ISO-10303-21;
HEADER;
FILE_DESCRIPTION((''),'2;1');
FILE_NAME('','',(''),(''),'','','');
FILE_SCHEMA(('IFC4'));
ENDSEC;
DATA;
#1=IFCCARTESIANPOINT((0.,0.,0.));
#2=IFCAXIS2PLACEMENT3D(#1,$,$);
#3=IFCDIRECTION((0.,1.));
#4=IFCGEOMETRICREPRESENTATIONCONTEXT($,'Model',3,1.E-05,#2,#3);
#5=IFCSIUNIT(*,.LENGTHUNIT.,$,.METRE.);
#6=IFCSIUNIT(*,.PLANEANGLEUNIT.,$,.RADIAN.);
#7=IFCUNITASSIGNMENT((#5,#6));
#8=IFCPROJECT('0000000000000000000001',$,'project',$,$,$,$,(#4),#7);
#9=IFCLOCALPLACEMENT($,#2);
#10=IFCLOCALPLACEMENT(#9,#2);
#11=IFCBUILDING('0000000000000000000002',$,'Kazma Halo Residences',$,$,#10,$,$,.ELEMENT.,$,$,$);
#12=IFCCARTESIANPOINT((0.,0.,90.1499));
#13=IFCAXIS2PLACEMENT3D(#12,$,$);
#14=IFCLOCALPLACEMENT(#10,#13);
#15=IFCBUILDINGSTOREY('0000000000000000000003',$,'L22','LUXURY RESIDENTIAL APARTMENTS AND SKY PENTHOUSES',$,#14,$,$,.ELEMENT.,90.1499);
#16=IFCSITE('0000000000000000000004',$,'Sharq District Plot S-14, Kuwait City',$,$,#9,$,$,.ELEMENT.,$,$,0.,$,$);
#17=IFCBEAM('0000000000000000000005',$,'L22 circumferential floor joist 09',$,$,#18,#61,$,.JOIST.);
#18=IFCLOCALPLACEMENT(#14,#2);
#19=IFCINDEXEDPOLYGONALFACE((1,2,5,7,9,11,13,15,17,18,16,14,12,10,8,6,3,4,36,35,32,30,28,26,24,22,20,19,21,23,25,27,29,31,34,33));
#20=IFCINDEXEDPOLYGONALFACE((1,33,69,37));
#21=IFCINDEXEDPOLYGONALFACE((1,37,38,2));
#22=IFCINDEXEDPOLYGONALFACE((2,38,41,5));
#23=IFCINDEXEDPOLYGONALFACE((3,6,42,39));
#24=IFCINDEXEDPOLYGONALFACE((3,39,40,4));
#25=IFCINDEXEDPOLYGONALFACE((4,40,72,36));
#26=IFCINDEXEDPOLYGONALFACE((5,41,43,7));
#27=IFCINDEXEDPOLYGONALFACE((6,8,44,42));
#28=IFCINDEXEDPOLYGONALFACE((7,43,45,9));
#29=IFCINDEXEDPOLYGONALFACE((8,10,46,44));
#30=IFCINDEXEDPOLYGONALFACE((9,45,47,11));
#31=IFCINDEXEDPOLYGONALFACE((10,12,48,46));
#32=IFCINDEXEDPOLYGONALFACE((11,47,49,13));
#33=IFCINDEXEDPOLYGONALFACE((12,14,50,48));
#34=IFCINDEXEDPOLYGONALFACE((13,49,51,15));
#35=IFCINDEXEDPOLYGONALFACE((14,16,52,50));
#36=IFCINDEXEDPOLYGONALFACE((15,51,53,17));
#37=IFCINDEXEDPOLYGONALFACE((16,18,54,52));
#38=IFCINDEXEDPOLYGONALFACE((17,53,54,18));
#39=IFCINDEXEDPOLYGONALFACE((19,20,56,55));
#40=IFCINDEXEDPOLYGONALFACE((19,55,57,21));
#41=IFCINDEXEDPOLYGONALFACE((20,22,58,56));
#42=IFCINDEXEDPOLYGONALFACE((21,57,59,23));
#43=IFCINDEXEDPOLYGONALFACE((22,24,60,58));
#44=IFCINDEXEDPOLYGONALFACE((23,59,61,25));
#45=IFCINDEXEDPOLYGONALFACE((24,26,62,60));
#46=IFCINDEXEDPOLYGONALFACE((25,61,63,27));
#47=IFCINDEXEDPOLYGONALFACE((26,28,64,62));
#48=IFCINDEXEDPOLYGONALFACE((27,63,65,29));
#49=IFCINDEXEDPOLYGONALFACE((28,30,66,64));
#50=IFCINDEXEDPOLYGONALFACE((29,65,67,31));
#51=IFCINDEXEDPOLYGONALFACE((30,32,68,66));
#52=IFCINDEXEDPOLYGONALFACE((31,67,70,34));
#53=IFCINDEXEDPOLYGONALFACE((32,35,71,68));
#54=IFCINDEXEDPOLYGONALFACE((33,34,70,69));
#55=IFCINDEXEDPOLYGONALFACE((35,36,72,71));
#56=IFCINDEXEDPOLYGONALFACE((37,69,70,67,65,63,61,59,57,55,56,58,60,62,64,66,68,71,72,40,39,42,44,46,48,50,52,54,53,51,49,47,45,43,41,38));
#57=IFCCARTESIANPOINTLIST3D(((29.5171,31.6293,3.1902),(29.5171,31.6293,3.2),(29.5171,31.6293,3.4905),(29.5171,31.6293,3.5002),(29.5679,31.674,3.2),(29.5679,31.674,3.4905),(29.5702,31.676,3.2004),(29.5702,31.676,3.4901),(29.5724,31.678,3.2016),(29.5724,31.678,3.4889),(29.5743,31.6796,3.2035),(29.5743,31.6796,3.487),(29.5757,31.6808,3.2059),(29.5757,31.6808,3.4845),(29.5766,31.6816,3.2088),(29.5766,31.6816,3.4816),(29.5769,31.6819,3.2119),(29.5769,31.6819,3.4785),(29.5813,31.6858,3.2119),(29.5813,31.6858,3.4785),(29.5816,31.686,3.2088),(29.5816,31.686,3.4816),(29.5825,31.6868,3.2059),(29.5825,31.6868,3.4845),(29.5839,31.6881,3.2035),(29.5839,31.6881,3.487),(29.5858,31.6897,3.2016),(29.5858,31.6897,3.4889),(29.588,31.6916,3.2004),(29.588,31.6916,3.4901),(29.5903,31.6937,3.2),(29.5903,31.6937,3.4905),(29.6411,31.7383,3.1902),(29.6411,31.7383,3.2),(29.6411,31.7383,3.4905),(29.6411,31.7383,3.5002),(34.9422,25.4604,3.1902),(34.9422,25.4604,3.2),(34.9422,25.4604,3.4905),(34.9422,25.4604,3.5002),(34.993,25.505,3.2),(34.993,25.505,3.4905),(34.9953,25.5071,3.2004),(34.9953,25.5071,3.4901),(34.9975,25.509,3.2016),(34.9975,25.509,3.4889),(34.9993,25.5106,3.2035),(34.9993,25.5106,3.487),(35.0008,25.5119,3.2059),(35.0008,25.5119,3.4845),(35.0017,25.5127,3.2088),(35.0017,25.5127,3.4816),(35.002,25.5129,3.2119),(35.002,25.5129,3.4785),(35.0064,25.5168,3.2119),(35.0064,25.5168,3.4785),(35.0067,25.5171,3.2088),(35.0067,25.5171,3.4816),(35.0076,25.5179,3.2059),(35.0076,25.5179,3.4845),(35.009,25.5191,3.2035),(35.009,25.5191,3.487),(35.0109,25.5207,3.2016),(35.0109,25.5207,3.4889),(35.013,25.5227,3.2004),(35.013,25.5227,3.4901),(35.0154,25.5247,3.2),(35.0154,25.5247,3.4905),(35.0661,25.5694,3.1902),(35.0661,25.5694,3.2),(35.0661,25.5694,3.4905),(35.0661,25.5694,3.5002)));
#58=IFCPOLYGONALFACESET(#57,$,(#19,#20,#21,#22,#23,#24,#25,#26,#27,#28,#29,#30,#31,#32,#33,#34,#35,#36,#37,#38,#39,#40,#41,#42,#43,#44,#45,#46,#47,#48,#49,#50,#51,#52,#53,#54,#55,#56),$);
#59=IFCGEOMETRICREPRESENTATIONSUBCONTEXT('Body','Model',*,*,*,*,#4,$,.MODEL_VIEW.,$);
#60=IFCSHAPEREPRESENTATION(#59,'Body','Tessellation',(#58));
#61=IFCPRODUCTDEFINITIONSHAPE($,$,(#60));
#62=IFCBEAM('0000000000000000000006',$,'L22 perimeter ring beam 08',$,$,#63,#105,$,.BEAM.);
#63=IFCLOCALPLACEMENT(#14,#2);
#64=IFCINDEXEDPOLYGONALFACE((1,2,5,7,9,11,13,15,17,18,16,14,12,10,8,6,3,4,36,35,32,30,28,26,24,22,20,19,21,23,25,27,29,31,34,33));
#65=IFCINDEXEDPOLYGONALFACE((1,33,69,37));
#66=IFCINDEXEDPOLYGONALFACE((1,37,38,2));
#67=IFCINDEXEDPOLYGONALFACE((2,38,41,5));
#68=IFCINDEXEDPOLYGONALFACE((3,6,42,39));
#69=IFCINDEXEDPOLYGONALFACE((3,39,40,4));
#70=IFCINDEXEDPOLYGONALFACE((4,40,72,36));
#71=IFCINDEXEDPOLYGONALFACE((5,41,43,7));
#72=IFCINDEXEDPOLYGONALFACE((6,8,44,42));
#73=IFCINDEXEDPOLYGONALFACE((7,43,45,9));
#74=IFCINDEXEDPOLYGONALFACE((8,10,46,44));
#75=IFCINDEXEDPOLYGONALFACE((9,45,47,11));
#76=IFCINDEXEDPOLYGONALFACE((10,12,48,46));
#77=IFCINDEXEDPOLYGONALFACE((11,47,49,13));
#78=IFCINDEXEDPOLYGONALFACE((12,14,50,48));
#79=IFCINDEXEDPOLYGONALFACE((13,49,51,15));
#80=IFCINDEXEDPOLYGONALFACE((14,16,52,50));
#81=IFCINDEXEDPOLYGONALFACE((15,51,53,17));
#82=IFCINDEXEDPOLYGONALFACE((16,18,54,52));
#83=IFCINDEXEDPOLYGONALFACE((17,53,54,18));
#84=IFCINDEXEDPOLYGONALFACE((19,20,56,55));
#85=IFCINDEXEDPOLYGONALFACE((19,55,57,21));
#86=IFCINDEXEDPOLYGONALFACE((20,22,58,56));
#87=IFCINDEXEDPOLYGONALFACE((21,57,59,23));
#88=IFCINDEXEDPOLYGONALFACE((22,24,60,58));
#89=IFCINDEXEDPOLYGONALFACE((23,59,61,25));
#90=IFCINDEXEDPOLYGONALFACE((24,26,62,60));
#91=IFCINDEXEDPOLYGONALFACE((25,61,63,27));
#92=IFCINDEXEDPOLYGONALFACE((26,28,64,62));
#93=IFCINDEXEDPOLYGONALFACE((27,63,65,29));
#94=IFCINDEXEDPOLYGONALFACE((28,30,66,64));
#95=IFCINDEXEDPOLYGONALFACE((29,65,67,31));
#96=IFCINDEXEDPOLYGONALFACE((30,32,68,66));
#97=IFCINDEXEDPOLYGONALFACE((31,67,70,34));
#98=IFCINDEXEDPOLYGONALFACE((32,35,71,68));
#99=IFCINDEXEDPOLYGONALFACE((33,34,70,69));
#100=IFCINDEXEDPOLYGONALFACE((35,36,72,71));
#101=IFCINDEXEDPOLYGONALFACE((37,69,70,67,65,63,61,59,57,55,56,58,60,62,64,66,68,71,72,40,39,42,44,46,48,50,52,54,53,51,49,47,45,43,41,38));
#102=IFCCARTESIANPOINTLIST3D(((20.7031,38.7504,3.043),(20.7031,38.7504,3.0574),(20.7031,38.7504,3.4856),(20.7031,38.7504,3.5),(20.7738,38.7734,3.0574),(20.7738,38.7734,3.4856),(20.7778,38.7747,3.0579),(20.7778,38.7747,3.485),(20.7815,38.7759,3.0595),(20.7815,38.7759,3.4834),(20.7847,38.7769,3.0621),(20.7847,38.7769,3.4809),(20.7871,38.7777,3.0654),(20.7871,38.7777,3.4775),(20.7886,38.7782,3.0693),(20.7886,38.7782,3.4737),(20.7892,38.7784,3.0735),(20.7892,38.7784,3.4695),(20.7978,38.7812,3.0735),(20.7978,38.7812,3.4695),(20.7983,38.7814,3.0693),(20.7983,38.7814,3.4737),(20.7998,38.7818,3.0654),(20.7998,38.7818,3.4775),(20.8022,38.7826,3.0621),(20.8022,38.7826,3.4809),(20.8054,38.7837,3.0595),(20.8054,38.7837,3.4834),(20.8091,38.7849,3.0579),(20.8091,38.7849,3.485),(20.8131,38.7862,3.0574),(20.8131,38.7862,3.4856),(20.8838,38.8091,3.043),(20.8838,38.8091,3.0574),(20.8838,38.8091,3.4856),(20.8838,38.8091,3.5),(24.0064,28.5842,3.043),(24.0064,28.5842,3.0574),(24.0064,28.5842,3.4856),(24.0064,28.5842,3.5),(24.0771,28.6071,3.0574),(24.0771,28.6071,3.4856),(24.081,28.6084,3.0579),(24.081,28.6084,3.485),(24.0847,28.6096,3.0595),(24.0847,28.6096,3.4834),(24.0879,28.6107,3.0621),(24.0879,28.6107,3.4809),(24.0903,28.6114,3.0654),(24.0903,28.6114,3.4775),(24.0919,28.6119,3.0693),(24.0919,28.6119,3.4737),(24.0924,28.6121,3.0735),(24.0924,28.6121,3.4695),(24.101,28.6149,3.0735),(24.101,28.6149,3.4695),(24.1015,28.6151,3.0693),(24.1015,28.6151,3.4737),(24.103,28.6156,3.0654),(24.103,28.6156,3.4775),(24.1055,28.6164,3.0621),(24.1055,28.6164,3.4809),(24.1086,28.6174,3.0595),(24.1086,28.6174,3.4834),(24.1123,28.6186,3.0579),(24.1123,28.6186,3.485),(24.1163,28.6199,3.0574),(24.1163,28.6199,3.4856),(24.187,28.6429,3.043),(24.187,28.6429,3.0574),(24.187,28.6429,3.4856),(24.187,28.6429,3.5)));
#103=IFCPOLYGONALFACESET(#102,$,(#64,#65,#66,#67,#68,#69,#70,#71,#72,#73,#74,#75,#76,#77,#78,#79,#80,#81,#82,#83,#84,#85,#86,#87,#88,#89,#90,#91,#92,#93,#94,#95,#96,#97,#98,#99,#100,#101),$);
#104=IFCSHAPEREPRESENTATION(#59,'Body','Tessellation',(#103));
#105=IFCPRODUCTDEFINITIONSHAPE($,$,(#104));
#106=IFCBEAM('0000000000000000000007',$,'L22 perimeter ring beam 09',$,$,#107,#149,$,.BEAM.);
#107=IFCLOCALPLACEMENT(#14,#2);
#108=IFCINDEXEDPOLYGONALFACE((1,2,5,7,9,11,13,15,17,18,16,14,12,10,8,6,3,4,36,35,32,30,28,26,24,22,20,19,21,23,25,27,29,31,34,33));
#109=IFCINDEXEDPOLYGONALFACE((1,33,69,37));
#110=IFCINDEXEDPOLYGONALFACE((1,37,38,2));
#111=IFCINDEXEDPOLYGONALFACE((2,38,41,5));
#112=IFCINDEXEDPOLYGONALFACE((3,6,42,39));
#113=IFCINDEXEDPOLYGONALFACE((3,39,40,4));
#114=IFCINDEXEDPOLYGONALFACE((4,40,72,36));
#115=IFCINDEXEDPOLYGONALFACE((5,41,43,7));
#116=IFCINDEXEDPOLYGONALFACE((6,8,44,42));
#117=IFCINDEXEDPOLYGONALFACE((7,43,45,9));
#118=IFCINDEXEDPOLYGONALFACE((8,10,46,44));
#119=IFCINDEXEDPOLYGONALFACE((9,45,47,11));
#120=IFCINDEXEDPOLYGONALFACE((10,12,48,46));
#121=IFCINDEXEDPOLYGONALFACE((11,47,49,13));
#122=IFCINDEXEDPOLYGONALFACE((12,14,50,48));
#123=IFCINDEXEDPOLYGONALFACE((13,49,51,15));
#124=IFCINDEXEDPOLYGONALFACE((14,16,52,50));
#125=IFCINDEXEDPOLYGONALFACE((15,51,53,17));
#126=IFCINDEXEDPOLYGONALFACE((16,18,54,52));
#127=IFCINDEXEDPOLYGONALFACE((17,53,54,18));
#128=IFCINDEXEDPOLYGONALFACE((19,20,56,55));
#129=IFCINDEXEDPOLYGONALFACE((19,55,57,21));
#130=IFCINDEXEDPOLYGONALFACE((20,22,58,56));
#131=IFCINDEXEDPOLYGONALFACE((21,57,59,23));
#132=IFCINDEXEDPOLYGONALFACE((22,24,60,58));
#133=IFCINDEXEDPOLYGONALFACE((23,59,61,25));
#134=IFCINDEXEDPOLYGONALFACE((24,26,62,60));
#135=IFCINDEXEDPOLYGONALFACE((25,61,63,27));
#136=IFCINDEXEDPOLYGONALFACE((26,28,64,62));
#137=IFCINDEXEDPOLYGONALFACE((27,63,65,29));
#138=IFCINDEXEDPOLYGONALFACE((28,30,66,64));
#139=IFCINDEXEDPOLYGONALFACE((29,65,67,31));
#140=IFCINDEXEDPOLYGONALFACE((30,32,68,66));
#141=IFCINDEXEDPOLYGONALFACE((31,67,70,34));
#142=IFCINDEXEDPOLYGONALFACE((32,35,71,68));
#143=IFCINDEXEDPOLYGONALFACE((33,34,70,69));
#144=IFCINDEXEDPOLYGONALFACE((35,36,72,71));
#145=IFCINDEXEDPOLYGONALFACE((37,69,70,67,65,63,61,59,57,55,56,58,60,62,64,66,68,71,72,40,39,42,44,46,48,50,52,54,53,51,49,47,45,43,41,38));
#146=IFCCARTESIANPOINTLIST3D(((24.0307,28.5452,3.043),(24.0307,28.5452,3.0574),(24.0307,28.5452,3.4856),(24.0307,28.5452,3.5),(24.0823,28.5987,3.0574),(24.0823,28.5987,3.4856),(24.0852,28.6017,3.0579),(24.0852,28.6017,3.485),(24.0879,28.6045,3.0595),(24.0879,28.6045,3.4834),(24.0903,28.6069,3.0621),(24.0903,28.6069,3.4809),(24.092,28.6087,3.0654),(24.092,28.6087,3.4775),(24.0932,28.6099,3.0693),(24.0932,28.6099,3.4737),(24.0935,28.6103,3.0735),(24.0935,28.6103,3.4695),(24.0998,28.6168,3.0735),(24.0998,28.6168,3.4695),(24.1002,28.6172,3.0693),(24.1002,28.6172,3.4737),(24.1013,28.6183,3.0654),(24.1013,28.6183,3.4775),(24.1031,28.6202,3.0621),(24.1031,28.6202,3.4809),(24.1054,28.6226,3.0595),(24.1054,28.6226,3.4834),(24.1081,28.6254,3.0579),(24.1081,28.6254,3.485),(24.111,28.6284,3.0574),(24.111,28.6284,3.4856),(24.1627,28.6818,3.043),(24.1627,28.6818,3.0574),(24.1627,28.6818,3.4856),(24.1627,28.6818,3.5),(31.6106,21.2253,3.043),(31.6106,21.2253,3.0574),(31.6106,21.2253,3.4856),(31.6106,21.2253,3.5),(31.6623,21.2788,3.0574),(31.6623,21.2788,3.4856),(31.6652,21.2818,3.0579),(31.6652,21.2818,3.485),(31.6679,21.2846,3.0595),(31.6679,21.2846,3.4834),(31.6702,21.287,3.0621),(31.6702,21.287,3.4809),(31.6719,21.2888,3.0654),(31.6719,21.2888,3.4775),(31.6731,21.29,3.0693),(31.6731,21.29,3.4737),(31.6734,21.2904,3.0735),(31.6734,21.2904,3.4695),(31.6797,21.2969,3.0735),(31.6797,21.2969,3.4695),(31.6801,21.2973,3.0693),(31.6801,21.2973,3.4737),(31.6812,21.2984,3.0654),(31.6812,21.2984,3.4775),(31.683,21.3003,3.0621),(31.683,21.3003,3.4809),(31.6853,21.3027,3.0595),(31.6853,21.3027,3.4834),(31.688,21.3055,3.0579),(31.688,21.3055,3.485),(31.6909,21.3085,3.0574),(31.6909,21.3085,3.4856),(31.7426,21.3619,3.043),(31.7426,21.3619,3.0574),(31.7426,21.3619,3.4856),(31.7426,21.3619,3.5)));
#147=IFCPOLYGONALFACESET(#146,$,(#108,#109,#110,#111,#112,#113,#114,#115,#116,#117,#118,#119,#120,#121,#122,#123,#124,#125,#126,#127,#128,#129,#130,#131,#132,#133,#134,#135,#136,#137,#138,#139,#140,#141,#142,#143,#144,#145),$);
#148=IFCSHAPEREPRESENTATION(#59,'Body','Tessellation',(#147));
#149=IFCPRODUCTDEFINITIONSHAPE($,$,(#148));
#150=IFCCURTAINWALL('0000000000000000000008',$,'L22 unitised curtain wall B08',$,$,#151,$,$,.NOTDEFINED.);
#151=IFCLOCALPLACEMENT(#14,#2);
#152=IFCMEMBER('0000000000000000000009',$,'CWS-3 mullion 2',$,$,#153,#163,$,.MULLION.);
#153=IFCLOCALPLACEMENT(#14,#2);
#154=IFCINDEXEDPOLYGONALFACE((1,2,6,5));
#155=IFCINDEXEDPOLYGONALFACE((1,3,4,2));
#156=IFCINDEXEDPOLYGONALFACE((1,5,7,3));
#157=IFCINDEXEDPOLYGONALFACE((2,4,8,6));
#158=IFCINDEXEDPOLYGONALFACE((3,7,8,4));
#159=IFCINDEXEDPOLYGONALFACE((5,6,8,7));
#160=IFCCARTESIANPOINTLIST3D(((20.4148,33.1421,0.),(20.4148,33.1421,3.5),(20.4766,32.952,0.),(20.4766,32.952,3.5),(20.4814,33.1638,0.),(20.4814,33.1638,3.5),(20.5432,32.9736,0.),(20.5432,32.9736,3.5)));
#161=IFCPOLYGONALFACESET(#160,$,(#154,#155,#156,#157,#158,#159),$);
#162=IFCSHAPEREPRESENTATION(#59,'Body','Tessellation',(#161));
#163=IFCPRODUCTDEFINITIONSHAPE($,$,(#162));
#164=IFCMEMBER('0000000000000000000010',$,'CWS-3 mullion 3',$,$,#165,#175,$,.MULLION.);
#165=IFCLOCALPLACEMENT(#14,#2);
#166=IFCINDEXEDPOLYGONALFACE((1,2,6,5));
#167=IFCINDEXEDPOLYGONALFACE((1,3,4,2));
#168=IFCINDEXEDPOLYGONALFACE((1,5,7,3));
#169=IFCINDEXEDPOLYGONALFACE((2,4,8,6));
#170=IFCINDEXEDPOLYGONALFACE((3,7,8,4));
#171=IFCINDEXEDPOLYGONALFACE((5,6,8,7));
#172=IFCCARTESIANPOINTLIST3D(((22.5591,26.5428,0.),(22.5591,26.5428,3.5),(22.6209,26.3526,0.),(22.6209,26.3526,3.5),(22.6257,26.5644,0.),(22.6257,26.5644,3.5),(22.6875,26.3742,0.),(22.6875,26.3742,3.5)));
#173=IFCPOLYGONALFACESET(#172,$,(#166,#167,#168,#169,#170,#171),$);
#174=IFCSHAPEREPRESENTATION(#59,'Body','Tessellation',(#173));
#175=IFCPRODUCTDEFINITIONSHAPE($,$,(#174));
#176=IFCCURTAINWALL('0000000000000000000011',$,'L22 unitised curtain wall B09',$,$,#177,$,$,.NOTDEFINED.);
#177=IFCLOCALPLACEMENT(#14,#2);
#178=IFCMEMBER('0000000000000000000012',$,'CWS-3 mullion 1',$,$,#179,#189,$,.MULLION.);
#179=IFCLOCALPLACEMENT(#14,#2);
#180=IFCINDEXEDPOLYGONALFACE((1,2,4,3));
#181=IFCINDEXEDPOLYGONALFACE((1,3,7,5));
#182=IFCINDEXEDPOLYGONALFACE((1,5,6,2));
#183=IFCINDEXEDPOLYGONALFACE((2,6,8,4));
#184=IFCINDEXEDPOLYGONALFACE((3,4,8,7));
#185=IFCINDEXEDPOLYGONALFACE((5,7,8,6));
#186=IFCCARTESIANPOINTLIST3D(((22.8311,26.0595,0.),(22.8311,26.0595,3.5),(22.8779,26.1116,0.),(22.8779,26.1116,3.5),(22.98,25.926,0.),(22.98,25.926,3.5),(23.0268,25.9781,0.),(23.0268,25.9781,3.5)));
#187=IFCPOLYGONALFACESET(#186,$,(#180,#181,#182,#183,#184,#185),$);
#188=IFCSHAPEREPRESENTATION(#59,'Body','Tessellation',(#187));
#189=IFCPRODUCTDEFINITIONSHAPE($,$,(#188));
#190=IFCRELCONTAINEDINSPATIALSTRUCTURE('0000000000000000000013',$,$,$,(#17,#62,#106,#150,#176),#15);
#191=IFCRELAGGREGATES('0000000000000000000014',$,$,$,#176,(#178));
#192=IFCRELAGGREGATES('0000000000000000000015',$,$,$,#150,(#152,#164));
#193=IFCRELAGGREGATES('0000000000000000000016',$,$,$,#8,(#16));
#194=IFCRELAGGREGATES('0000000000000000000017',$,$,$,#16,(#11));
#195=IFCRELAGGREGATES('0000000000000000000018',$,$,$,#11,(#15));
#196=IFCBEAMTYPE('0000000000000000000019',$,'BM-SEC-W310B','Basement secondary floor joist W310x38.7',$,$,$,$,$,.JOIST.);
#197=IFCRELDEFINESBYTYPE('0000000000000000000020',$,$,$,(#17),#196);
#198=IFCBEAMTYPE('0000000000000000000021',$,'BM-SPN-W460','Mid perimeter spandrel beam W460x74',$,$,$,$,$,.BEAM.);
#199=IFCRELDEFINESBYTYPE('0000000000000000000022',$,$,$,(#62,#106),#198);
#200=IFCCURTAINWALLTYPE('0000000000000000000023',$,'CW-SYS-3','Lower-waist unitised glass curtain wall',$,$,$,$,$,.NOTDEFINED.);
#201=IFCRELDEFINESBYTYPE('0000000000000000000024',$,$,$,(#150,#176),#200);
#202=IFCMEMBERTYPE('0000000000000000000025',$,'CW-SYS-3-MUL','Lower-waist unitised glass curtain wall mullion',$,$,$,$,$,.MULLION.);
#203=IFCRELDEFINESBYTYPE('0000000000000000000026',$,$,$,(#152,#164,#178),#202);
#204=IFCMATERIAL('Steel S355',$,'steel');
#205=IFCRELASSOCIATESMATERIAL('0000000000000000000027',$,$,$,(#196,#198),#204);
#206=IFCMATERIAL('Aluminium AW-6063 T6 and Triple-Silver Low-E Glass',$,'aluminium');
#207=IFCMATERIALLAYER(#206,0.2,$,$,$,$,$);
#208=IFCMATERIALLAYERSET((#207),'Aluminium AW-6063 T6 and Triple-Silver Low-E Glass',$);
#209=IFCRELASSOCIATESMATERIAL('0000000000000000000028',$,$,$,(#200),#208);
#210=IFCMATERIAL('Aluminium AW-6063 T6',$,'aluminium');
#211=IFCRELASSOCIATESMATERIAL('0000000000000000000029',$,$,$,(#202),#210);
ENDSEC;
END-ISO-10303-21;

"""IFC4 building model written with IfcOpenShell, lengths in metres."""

from ifc_helpers import new_model, si_unit, direction, frame, origin, origin_2d, place, context, subcontext, project, spatial, rectangle, i_section, extrude, material, layer, layer_set, material_profile, profile_set, type_object, element, aggregate, save


model = new_model("IFC4")

# Units and contexts
model_context = context("Model", 3, precision=1e-05, world=origin(), true_north=direction((0.0, 1.0)))
body_context = subcontext(model_context, "Body", "Model", "MODEL_VIEW")
ifc_project = project(units=[si_unit("LENGTHUNIT", "METRE"), si_unit("PLANEANGLEUNIT", "RADIAN")], contexts=[model_context])

# Site, building, storey
site_placement = place(None, origin())
site = spatial("IfcSite", under=ifc_project, at=site_placement, Name="Sharq District Plot S-14, Kuwait City", CompositionType="ELEMENT", RefElevation=0.0)
building_placement = place(site_placement, origin())
building = spatial("IfcBuilding", under=site, at=building_placement, Name="Kazma Halo Residences", CompositionType="ELEMENT")
storey_placement = place(building_placement, frame((0.0, 0.0, 90.1499)))
storey = spatial("IfcBuildingStorey", under=building, at=storey_placement, Name="L22", Description="LUXURY RESIDENTIAL APARTMENTS AND SKY PENTHOUSES", CompositionType="ELEMENT", Elevation=90.1499)

# Beams
ifc_material_1 = material(Name="Steel S355", Category="steel")
ifc_material_profile_1 = material_profile(ifc_material_1, i_section(OverallWidth=0.165, OverallDepth=0.3101, WebThickness=0.0059, FlangeThickness=0.0098, FilletRadius=0.012, at=origin_2d()), Name="W310x38.7")
ifc_profile_set_1 = profile_set([ifc_material_profile_1], Name="Steel S355")
beam_type_1 = type_object("IfcBeamType", Name="BM-SEC-W310B", Description="Basement secondary floor joist W310x38.7", PredefinedType="JOIST", material=ifc_profile_set_1)
beam_1_placement = place(storey_placement, frame((29.5791, 31.6838, 3.3452), z_axis=(0.660379, -0.750932, 0.0), x_axis=(0.750932, 0.660379, 0.0)))
element("IfcBeam", 1, at=beam_1_placement, inside=storey, type_object=beam_type_1, Name="L22 circumferential floor joist 09", PredefinedType="JOIST", context=body_context, shape_type="SweptSolid", body=[
    extrude(i_section(OverallWidth=0.165, OverallDepth=0.3101, WebThickness=0.0059, FlangeThickness=0.0098, FilletRadius=0.012, at=origin_2d()), origin(), (0.0, 0.0, 1.0), 8.2151),
])
ifc_material_profile_2 = material_profile(ifc_material_1, i_section(OverallWidth=0.1899, OverallDepth=0.457, WebThickness=0.009, FlangeThickness=0.0144, FilletRadius=0.0161, at=origin_2d()), Name="W460x74")
ifc_profile_set_2 = profile_set([ifc_material_profile_2], Name="Steel S355")
beam_type_2 = type_object("IfcBeamType", Name="BM-SPN-W460", Description="Mid perimeter spandrel beam W460x74", PredefinedType="BEAM", material=ifc_profile_set_2)
beam_2_placement = place(storey_placement, frame((20.7935, 38.7798, 3.2715), z_axis=(0.309017, -0.951056, 0.0), x_axis=(0.951056, 0.309017, 0.0)))
element("IfcBeam", 2, at=beam_2_placement, inside=storey, type_object=beam_type_2, Name="L22 perimeter ring beam 08", PredefinedType="BEAM", context=body_context, shape_type="SweptSolid", body=[
    extrude(i_section(OverallWidth=0.1899, OverallDepth=0.457, WebThickness=0.009, FlangeThickness=0.0144, FilletRadius=0.0161, at=origin_2d()), origin(), (0.0, 0.0, 1.0), 10.6895),
])
beam_3_placement = place(storey_placement, frame((24.0967, 28.6135, 3.2715), z_axis=(0.719337, -0.694661, 0.0), x_axis=(0.694661, 0.719337, 0.0)))
element("IfcBeam", 3, at=beam_3_placement, inside=storey, type_object=beam_type_2, Name="L22 perimeter ring beam 09", PredefinedType="BEAM", context=body_context, shape_type="SweptSolid", body=[
    extrude(i_section(OverallWidth=0.1899, OverallDepth=0.457, WebThickness=0.009, FlangeThickness=0.0144, FilletRadius=0.0161, at=origin_2d()), origin(), (0.0, 0.0, 1.0), 10.5374),
])

# Curtain wall, members
ifc_material_2 = material(Name="Aluminium AW-6063 T6 and Triple-Silver Low-E Glass", Category="aluminium")
ifc_layer_1 = layer(ifc_material_2, 0.2)
ifc_layer_set_1 = layer_set([ifc_layer_1], Name="Aluminium AW-6063 T6 and Triple-Silver Low-E Glass")
curtain_wall_type = type_object("IfcCurtainWallType", Name="CW-SYS-3", Description="Lower-waist unitised glass curtain wall", PredefinedType="NOTDEFINED", material=ifc_layer_set_1)
curtain_wall_1_placement = place(storey_placement, origin())
curtain_wall_1 = element("IfcCurtainWall", 4, at=curtain_wall_1_placement, inside=storey, type_object=curtain_wall_type, Name="L22 unitised curtain wall B08", PredefinedType="NOTDEFINED")
ifc_material_3 = material(Name="Aluminium AW-6063 T6", Category="aluminium")
ifc_material_profile_3 = material_profile(ifc_material_3, rectangle(XDim=0.0701, YDim=0.2, at=origin_2d()), Name="CWM-70x200")
ifc_profile_set_3 = profile_set([ifc_material_profile_3], Name="Aluminium AW-6063 T6")
member_type_1 = type_object("IfcMemberType", Name="CW-SYS-3-MUL", Description="Lower-waist unitised glass curtain wall mullion", PredefinedType="MULLION", material=ifc_profile_set_3)
member_1_placement = place(storey_placement, frame((20.479, 33.0579, 0.0), z_axis=(0.0, 0.0, 1.0), x_axis=(0.951058, 0.309013, 0.0)))
member_1 = element("IfcMember", 5, at=member_1_placement, type_object=member_type_1, Name="CWS-3 mullion 2", PredefinedType="MULLION", context=body_context, shape_type="SweptSolid", body=[
    extrude(rectangle(XDim=0.0701, YDim=0.2, at=origin_2d()), origin(), (0.0, 0.0, 1.0), 3.5),
])
member_2_placement = place(storey_placement, frame((22.6233, 26.4585, 0.0), z_axis=(0.0, 0.0, 1.0), x_axis=(0.951058, 0.309013, 0.0)))
member_2 = element("IfcMember", 6, at=member_2_placement, type_object=member_type_1, Name="CWS-3 mullion 3", PredefinedType="MULLION", context=body_context, shape_type="SweptSolid", body=[
    extrude(rectangle(XDim=0.0701, YDim=0.2, at=origin_2d()), origin(), (0.0, 0.0, 1.0), 3.5),
])

# Curtain wall, member
curtain_wall_2_placement = place(storey_placement, origin())
curtain_wall_2 = element("IfcCurtainWall", 7, at=curtain_wall_2_placement, inside=storey, type_object=curtain_wall_type, Name="L22 unitised curtain wall B09", PredefinedType="NOTDEFINED")
member_3_placement = place(storey_placement, frame((22.929, 26.0188, 0.0), z_axis=(0.0, 0.0, 1.0), x_axis=(0.667795, 0.744345, 0.0)))
member_3 = element("IfcMember", 8, at=member_3_placement, type_object=member_type_1, Name="CWS-3 mullion 1", PredefinedType="MULLION", context=body_context, shape_type="SweptSolid", body=[
    extrude(rectangle(XDim=0.0701, YDim=0.2, at=origin_2d()), origin(), (0.0, 0.0, 1.0), 3.5),
])
aggregate(curtain_wall_2, [member_3])

aggregate(curtain_wall_1, [member_1, member_2])

save(model, "model.ifc")
